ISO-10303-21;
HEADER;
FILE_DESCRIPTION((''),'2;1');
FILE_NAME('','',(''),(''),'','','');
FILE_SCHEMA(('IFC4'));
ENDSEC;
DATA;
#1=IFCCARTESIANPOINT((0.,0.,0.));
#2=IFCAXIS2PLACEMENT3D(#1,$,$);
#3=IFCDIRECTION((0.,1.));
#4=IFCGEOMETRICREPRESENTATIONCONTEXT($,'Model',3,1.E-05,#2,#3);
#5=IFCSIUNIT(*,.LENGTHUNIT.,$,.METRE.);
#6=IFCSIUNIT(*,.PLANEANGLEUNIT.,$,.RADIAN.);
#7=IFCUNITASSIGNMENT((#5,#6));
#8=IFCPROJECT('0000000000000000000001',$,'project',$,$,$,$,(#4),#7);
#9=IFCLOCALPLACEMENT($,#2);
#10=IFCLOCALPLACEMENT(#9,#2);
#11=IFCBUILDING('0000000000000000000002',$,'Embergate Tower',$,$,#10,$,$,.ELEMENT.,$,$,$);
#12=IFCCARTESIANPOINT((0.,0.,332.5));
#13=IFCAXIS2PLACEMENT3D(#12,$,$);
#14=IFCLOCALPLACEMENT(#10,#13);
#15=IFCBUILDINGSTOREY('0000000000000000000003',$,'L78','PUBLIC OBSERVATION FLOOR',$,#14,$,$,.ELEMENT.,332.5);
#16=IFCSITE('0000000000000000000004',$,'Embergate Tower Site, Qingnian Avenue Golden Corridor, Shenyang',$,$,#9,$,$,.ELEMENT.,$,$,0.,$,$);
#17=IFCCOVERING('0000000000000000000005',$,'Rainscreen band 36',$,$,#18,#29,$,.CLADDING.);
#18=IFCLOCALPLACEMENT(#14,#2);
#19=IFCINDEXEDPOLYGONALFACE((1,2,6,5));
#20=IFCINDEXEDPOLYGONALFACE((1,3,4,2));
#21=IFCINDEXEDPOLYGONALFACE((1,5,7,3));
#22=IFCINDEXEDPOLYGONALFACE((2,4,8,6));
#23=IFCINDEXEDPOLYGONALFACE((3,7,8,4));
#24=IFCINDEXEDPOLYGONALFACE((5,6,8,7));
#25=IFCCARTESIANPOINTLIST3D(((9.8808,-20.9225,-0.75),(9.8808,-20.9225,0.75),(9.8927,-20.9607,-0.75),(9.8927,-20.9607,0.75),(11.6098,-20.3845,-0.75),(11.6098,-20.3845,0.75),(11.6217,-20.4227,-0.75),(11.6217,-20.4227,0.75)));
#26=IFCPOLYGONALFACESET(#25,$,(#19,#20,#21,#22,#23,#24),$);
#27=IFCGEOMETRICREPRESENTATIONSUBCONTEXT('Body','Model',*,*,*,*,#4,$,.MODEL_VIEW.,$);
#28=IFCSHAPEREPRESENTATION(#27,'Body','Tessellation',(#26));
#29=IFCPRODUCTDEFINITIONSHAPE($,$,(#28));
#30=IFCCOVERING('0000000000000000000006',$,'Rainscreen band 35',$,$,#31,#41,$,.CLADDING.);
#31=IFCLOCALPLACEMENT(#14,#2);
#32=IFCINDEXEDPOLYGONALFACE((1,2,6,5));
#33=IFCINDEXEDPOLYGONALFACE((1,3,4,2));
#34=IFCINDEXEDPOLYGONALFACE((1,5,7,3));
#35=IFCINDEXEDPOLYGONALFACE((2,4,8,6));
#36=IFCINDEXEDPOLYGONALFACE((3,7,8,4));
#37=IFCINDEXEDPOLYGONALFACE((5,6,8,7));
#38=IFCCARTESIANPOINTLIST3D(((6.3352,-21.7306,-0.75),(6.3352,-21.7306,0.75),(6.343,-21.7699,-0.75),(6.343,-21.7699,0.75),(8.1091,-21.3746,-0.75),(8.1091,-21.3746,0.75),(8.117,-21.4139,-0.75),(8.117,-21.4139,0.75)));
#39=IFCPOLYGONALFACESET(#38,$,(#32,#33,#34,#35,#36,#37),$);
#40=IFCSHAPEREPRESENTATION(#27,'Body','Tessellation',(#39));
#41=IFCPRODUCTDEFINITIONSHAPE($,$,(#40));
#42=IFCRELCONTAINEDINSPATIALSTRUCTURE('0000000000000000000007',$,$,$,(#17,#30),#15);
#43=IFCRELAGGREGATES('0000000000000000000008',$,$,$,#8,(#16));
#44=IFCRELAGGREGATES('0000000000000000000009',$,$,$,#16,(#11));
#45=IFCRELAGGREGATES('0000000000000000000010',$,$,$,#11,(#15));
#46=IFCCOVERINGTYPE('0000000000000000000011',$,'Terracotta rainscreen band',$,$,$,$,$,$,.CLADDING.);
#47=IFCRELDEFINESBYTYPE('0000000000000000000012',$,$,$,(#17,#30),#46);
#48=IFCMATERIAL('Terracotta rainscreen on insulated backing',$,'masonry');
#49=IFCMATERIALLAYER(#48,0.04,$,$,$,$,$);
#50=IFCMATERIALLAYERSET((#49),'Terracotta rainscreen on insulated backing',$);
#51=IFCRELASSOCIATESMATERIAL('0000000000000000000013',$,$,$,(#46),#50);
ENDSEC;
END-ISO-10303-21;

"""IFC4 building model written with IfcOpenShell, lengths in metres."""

from ifc_helpers import new_model, si_unit, direction, frame, origin, origin_2d, place, context, subcontext, project, spatial, rectangle, extrude, source, transform, mapped, material, layer, layer_set, type_object, element, save


model = new_model("IFC4")

# Units and contexts
model_context = context("Model", 3, precision=1e-05, world=origin(), true_north=direction((0.0, 1.0)))
body_context = subcontext(model_context, "Body", "Model", "MODEL_VIEW")
ifc_project = project(units=[si_unit("LENGTHUNIT", "METRE"), si_unit("PLANEANGLEUNIT", "RADIAN")], contexts=[model_context])

# Site, building, storey
site_placement = place(None, origin())
site = spatial("IfcSite", under=ifc_project, at=site_placement, Name="Embergate Tower Site, Qingnian Avenue Golden Corridor, Shenyang", CompositionType="ELEMENT", RefElevation=0.0)
building_placement = place(site_placement, origin())
building = spatial("IfcBuilding", under=site, at=building_placement, Name="Embergate Tower", CompositionType="ELEMENT")
storey_placement = place(building_placement, frame((0.0, 0.0, 332.5)))
storey = spatial("IfcBuildingStorey", under=building, at=storey_placement, Name="L78", Description="PUBLIC OBSERVATION FLOOR", CompositionType="ELEMENT", Elevation=332.5)

# Coverings
ifc_material_1 = material(Name="Terracotta rainscreen on insulated backing", Category="masonry")
ifc_layer_1 = layer(ifc_material_1, 0.04)
ifc_layer_set_1 = layer_set([ifc_layer_1], Name="Terracotta rainscreen on insulated backing")
covering_type = type_object("IfcCoveringType", Name="Terracotta rainscreen band", PredefinedType="CLADDING", material=ifc_layer_set_1)
shared_shape_1 = source(origin(), body_context, "Body", "SweptSolid", [
    extrude(rectangle(XDim=1.8108, YDim=0.04, at=origin_2d()), origin(), (0.0, 0.0, 1.0), 1.5),
])
covering_1_placement = place(storey_placement, frame((10.7512, -20.6726, -0.75), z_axis=(0.0, 0.0, 1.0), x_axis=(0.954843, 0.297112, 0.0)))
element("IfcCovering", 1, at=covering_1_placement, inside=storey, type_object=covering_type, Name="Rainscreen band 36", PredefinedType="CLADDING", context=body_context, shape_type="MappedRepresentation", body=[
    mapped(shared_shape_1, transform((0.0, 0.0, 0.0))),
])
shared_shape_2 = source(origin(), body_context, "Body", "SweptSolid", [
    extrude(rectangle(XDim=1.8093, YDim=0.04, at=origin_2d()), origin(), (0.0, 0.0, 1.0), 1.5),
])
covering_2_placement = place(storey_placement, frame((7.2261, -21.5723, -0.75), z_axis=(0.0, 0.0, 1.0), x_axis=(0.980453, 0.196754, 0.0)))
element("IfcCovering", 2, at=covering_2_placement, inside=storey, type_object=covering_type, Name="Rainscreen band 35", PredefinedType="CLADDING", context=body_context, shape_type="MappedRepresentation", body=[
    mapped(shared_shape_2, transform((0.0, 0.0, 0.0))),
])

save(model, "model.ifc")
